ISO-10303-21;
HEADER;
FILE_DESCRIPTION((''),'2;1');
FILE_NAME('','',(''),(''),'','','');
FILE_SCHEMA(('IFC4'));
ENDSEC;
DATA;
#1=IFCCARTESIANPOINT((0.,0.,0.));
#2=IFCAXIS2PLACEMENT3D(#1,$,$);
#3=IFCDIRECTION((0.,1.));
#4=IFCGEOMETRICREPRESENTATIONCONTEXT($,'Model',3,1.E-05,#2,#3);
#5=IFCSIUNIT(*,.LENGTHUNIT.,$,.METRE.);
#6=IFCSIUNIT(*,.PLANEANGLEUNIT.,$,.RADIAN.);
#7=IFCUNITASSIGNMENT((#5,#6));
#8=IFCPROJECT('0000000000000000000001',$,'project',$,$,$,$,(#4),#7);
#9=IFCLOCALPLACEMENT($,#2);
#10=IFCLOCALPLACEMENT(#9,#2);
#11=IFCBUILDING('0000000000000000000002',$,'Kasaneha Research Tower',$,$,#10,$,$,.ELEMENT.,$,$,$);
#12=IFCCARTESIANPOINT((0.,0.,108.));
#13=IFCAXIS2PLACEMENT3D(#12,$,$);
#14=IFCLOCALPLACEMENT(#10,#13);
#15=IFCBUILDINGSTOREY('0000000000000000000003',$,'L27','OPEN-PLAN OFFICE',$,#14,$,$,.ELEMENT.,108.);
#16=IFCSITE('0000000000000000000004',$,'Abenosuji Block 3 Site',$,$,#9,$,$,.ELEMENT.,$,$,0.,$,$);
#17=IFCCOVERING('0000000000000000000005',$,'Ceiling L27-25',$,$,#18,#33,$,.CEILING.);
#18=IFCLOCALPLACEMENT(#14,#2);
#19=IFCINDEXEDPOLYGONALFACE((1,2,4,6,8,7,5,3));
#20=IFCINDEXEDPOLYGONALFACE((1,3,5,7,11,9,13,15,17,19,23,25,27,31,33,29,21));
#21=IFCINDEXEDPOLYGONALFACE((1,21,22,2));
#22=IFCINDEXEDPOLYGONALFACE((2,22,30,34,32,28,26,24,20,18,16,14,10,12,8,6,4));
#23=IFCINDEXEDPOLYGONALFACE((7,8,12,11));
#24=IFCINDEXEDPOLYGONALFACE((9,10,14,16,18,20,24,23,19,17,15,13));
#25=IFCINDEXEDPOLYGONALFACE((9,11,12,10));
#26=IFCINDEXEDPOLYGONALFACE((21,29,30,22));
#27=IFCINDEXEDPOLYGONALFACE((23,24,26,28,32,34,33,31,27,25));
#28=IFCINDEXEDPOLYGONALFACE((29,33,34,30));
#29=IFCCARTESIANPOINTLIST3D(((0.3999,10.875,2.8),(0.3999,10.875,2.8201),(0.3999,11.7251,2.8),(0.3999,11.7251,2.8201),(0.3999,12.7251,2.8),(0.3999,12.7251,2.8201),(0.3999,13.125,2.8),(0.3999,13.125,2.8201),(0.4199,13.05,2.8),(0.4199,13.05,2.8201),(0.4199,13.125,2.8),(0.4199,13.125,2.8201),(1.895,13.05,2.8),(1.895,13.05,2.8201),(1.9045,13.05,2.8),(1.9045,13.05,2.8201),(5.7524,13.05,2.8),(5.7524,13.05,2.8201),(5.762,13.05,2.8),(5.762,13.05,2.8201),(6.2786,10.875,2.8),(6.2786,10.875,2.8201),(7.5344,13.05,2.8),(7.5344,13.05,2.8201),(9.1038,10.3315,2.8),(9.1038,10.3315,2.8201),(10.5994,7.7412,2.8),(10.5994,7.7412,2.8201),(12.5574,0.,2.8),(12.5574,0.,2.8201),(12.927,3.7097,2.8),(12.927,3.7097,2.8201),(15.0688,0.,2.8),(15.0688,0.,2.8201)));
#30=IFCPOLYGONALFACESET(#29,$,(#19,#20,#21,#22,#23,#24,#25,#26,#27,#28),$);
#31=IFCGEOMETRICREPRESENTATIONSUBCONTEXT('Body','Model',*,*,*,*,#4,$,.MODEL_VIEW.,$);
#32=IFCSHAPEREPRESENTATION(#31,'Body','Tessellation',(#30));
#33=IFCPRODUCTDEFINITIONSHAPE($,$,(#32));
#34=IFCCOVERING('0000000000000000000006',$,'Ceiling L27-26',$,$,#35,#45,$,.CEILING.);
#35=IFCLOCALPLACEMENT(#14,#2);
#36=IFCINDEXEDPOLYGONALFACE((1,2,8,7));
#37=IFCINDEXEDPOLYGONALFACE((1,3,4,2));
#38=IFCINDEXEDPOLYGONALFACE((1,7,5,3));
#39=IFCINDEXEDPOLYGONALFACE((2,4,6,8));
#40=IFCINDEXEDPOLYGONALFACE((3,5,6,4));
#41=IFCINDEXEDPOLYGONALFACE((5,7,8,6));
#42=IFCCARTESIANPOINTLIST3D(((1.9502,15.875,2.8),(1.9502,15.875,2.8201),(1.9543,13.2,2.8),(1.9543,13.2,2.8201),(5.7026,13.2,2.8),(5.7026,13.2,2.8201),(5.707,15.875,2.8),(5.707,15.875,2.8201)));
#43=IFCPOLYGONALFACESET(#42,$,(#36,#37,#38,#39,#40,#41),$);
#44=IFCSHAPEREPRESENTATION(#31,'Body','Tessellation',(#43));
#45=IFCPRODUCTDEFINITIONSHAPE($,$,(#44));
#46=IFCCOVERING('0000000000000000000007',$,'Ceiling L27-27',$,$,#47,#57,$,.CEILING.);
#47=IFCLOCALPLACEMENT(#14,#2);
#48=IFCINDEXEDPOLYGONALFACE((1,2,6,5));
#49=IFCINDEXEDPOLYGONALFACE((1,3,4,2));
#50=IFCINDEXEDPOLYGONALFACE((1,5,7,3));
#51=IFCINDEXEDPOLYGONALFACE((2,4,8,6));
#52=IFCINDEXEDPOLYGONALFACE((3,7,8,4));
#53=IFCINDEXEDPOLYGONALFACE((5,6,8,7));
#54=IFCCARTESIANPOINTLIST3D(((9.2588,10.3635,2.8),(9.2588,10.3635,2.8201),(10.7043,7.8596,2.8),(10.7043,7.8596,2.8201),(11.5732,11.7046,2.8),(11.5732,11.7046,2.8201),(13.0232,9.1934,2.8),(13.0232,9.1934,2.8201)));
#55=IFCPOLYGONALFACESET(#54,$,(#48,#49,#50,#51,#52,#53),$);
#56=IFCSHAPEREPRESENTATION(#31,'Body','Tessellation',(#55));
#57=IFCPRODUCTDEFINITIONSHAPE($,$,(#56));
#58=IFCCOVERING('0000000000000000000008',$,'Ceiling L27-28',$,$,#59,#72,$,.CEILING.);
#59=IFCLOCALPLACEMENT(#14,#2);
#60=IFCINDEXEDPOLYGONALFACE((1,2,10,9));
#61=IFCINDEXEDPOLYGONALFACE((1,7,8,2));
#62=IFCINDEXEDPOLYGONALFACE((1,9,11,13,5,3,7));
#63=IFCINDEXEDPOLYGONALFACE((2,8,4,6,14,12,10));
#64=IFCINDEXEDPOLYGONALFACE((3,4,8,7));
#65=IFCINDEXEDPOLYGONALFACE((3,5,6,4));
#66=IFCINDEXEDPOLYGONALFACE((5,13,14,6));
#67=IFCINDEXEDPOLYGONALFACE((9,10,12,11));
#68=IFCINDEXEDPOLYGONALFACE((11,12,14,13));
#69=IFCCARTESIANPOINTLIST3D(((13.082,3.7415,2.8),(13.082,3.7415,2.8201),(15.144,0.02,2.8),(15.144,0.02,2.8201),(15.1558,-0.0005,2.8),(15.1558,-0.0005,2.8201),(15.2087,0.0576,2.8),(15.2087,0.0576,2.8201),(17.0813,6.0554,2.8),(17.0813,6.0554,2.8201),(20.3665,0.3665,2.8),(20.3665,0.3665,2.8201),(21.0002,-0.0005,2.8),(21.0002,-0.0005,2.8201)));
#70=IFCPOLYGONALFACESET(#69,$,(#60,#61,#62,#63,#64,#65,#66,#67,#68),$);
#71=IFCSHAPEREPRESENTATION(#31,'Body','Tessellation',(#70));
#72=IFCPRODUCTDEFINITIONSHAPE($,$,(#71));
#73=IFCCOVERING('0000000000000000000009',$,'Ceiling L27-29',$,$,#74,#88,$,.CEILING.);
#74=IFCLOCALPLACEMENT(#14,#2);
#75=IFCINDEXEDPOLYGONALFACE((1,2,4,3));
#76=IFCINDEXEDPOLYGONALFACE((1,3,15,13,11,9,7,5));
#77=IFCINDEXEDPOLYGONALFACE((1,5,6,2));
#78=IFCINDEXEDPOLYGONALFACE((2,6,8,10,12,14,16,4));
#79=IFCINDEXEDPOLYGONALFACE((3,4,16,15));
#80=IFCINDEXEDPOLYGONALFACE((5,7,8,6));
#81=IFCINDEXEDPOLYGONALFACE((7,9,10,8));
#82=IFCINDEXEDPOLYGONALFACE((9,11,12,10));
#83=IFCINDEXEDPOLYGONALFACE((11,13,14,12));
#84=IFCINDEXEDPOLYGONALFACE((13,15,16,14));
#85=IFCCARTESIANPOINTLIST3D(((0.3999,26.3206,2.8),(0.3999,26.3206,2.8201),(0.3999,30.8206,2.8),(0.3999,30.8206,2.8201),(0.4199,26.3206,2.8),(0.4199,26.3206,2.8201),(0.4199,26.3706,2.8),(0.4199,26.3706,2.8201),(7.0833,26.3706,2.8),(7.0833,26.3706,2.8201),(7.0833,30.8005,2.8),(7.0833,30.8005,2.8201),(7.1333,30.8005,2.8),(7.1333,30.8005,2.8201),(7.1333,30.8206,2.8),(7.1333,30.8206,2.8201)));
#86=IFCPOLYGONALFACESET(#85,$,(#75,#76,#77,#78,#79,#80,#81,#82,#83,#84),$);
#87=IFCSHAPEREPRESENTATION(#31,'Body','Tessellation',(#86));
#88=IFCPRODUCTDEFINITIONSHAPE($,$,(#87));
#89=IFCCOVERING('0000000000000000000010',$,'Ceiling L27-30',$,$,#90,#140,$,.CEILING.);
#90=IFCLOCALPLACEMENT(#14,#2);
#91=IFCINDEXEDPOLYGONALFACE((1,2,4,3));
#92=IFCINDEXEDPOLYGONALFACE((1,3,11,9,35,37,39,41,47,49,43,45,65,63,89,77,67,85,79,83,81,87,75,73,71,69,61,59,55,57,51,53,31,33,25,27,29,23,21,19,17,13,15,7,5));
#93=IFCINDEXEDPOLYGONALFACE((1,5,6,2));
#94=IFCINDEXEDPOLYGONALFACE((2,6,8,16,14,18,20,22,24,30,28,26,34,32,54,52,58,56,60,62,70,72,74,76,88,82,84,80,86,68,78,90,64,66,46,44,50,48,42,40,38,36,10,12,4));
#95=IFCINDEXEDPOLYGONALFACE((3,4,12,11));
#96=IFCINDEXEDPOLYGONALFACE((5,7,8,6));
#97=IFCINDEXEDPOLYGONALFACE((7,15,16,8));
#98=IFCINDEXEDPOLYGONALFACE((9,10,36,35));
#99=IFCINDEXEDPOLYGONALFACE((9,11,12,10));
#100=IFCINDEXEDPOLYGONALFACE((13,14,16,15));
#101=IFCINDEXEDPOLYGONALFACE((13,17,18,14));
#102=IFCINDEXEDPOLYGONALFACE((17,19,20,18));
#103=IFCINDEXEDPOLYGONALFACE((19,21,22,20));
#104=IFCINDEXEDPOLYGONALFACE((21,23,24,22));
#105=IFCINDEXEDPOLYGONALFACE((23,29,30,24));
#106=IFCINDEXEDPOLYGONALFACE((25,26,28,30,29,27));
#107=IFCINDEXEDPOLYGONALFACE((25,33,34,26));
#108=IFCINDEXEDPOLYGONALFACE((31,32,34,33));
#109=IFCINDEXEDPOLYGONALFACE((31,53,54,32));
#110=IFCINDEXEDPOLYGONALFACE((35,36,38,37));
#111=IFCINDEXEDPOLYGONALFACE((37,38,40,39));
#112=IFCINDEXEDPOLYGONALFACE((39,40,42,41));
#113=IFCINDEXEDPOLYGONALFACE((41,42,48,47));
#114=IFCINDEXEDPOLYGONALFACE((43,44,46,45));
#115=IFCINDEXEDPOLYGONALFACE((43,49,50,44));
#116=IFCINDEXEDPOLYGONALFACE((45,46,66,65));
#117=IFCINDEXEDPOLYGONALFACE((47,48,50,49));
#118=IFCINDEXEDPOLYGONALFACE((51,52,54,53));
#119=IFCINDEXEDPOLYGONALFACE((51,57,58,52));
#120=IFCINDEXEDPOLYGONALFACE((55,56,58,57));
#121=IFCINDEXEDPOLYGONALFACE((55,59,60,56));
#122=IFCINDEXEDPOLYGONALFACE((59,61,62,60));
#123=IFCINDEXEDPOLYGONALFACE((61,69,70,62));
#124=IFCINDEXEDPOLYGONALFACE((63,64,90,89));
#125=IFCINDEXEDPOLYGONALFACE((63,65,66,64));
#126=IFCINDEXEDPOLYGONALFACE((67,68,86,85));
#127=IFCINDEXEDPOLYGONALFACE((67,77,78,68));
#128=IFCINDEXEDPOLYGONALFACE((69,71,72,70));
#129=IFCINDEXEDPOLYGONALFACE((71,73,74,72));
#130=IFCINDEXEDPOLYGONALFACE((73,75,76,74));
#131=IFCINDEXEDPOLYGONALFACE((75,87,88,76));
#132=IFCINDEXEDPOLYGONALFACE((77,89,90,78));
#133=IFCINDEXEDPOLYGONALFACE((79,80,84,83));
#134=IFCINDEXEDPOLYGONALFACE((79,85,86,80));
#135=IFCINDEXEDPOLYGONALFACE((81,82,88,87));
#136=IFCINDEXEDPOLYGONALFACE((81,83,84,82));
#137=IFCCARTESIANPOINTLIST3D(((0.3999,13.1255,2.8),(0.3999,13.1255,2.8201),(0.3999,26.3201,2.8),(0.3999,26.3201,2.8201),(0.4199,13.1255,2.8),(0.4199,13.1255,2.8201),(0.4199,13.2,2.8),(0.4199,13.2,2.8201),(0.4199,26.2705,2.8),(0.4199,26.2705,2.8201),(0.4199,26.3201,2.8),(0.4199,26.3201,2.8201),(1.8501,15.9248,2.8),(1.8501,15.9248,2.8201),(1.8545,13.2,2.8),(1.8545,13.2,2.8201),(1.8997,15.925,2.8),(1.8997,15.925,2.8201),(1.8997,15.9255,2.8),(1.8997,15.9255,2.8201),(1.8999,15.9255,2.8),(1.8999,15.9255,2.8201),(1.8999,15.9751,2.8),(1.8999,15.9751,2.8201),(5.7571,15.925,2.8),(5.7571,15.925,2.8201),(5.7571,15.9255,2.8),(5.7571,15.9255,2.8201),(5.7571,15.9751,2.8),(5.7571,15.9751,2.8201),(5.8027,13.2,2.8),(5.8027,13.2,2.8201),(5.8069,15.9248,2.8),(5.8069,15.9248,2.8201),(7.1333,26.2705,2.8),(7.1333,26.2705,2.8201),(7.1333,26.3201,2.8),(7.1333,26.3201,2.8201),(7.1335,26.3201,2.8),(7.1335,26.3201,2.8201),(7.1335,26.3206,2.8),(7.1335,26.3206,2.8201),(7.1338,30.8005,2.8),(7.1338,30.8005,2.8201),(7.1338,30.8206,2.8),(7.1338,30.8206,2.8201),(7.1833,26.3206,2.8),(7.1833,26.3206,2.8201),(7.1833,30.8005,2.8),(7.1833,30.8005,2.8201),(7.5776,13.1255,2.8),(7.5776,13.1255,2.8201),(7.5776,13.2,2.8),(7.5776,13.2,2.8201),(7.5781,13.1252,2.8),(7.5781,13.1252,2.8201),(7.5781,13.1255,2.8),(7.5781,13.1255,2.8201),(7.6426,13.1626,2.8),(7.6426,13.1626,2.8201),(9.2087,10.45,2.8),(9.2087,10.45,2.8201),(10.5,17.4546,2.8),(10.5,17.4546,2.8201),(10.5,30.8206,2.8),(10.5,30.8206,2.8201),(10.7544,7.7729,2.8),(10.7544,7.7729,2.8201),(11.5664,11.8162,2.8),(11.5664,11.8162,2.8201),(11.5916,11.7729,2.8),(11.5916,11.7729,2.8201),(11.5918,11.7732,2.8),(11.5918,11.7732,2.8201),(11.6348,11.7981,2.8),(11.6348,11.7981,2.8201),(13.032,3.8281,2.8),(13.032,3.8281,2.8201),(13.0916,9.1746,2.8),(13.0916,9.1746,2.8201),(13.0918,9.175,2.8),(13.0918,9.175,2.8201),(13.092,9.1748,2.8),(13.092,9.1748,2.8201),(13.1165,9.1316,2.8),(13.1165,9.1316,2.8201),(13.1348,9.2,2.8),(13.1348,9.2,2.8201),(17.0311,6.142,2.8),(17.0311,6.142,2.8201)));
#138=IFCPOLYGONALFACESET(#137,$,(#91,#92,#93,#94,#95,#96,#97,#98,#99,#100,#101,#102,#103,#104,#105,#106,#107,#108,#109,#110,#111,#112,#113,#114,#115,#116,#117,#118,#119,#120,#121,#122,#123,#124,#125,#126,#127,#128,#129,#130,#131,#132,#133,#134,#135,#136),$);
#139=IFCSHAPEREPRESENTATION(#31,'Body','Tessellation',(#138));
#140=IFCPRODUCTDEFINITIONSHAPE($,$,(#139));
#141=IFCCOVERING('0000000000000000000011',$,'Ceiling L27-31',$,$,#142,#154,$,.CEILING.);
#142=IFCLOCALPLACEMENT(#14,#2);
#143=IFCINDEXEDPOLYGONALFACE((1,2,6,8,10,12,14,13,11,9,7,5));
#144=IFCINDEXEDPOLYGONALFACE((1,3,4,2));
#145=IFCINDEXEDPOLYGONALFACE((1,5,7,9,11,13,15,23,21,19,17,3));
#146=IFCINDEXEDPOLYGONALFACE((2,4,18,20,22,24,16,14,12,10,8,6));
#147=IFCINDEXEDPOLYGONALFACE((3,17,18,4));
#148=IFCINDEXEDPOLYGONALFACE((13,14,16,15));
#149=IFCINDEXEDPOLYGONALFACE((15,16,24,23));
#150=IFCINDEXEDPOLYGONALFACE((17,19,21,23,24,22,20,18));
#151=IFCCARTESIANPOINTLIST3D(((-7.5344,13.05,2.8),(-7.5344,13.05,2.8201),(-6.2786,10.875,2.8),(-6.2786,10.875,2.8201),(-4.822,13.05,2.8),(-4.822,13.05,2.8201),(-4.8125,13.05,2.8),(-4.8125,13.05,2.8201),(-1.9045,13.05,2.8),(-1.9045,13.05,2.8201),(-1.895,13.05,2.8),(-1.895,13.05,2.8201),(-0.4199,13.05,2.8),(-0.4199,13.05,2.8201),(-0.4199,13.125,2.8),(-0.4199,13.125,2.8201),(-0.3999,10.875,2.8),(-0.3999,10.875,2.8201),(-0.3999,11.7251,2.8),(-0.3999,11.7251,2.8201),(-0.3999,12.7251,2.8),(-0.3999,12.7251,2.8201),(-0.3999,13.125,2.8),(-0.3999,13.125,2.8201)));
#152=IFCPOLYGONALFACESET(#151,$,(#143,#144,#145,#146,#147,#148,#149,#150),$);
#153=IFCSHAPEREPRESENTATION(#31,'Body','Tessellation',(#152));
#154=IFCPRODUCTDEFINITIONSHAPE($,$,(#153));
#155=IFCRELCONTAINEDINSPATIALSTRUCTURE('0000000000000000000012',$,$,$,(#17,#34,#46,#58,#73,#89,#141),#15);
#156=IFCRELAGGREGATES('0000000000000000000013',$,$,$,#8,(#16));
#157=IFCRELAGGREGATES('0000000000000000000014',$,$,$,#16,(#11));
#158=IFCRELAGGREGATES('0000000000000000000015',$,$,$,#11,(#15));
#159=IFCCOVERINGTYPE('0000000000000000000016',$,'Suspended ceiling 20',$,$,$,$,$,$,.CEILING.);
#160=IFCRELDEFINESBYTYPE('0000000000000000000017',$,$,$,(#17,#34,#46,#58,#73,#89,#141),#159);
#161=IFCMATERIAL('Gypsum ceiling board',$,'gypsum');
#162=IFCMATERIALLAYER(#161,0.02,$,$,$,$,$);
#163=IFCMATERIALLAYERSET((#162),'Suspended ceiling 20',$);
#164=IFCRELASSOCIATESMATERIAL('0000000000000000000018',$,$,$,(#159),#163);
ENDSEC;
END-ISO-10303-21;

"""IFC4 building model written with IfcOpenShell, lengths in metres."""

from ifc_helpers import new_model, si_unit, direction, frame, origin, place, context, subcontext, project, spatial, polyline, outline, extrude, material, layer, layer_set, type_object, element, save


model = new_model("IFC4")

# Units and contexts
model_context = context("Model", 3, precision=1e-05, world=origin(), true_north=direction((0.0, 1.0)))
body_context = subcontext(model_context, "Body", "Model", "MODEL_VIEW")
ifc_project = project(units=[si_unit("LENGTHUNIT", "METRE"), si_unit("PLANEANGLEUNIT", "RADIAN")], contexts=[model_context])

# Site, building, storey
site_placement = place(None, origin())
site = spatial("IfcSite", under=ifc_project, at=site_placement, Name="Abenosuji Block 3 Site", CompositionType="ELEMENT", RefElevation=0.0)
building_placement = place(site_placement, origin())
building = spatial("IfcBuilding", under=site, at=building_placement, Name="Kasaneha Research Tower", CompositionType="ELEMENT")
storey_placement = place(building_placement, frame((0.0, 0.0, 108.0)))
storey = spatial("IfcBuildingStorey", under=building, at=storey_placement, Name="L27", Description="OPEN-PLAN OFFICE", CompositionType="ELEMENT", Elevation=108.0)

# Coverings
ifc_material_1 = material(Name="Gypsum ceiling board", Category="gypsum")
ifc_layer_1 = layer(ifc_material_1, 0.02)
ifc_layer_set_1 = layer_set([ifc_layer_1], Name="Suspended ceiling 20")
covering_type_1 = type_object("IfcCoveringType", Name="Suspended ceiling 20", PredefinedType="CEILING", material=ifc_layer_set_1)
covering_1_placement = place(storey_placement, frame((0.0, 0.0, 2.8)))
element("IfcCovering", 1, at=covering_1_placement, inside=storey, type_object=covering_type_1, Name="Ceiling L27-25", PredefinedType="CEILING", context=body_context, shape_type="SweptSolid", body=[
    extrude(outline(polyline([(6.2786, 10.875), (0.3999, 10.875), (0.3999, 11.7251), (0.3999, 12.7251), (0.3999, 13.125), (0.4199, 13.125), (0.4199, 13.05), (1.895, 13.05), (1.9045, 13.05), (5.7524, 13.05), (5.762, 13.05), (7.5344, 13.05), (9.1038, 10.3315), (9.1038, 10.3315), (10.5994, 7.7412), (10.5994, 7.7412), (12.927, 3.7097), (12.927, 3.7097), (15.0688, 0.0), (15.0688, 0.0), (12.5574, 0.0), (6.2786, 10.875)])), origin(), (0.0, 0.0, 1.0), 0.02),
])
covering_2_placement = place(storey_placement, frame((0.0, 0.0, 2.8)))
element("IfcCovering", 2, at=covering_2_placement, inside=storey, type_object=covering_type_1, Name="Ceiling L27-26", PredefinedType="CEILING", context=body_context, shape_type="SweptSolid", body=[
    extrude(outline(polyline([(1.9543, 13.2), (1.9502, 15.875), (5.707, 15.875), (5.7026, 13.2), (1.9543, 13.2)])), origin(), (0.0, 0.0, 1.0), 0.02),
])
covering_3_placement = place(storey_placement, frame((0.0, 0.0, 2.8)))
element("IfcCovering", 3, at=covering_3_placement, inside=storey, type_object=covering_type_1, Name="Ceiling L27-27", PredefinedType="CEILING", context=body_context, shape_type="SweptSolid", body=[
    extrude(outline(polyline([(11.5732, 11.7046), (13.0232, 9.1934), (10.7043, 7.8596), (9.2588, 10.3635), (11.5732, 11.7046)])), origin(), (0.0, 0.0, 1.0), 0.02),
])
covering_4_placement = place(storey_placement, frame((0.0, 0.0, 2.8)))
element("IfcCovering", 4, at=covering_4_placement, inside=storey, type_object=covering_type_1, Name="Ceiling L27-28", PredefinedType="CEILING", context=body_context, shape_type="SweptSolid", body=[
    extrude(outline(polyline([(21.0002, -0.0005), (15.1558, -0.0005), (15.144, 0.02), (15.2087, 0.0576), (13.082, 3.7415), (17.0813, 6.0554), (20.3665, 0.3665), (21.0002, -0.0005)])), origin(), (0.0, 0.0, 1.0), 0.02),
])
covering_5_placement = place(storey_placement, frame((0.0, 0.0, 2.8)))
element("IfcCovering", 5, at=covering_5_placement, inside=storey, type_object=covering_type_1, Name="Ceiling L27-29", PredefinedType="CEILING", context=body_context, shape_type="SweptSolid", body=[
    extrude(outline(polyline([(7.1333, 30.8206), (7.1333, 30.8005), (7.0833, 30.8005), (7.0833, 26.3706), (0.4199, 26.3706), (0.4199, 26.3206), (0.3999, 26.3206), (0.3999, 30.8206), (7.1333, 30.8206)])), origin(), (0.0, 0.0, 1.0), 0.02),
])
covering_6_placement = place(storey_placement, frame((0.0, 0.0, 2.8)))
element("IfcCovering", 6, at=covering_6_placement, inside=storey, type_object=covering_type_1, Name="Ceiling L27-30", PredefinedType="CEILING", context=body_context, shape_type="SweptSolid", body=[
    extrude(outline(polyline([(13.092, 9.1748), (13.0918, 9.175), (13.1348, 9.2), (11.6348, 11.7981), (11.5918, 11.7732), (11.5918, 11.7732), (11.5916, 11.7729), (11.5664, 11.8162), (9.2087, 10.45), (7.6426, 13.1626), (7.5781, 13.1252), (7.5781, 13.1255), (7.5776, 13.1255), (7.5776, 13.2), (5.8027, 13.2), (5.8069, 15.9248), (5.7571, 15.925), (5.7571, 15.9255), (5.7571, 15.9255), (5.7571, 15.9751), (1.8999, 15.9751), (1.8999, 15.9255), (1.8997, 15.9255), (1.8997, 15.925), (1.8501, 15.9248), (1.8545, 13.2), (0.4199, 13.2), (0.4199, 13.1255), (0.3999, 13.1255), (0.3999, 26.3201), (0.4199, 26.3201), (0.4199, 26.2705), (7.1333, 26.2705), (7.1333, 26.3201), (7.1335, 26.3201), (7.1335, 26.3206), (7.1833, 26.3206), (7.1833, 30.8005), (7.1338, 30.8005), (7.1338, 30.8206), (10.5, 30.8206), (10.5, 17.4546), (17.0559, 6.0991), (17.0559, 6.0991), (17.0312, 6.1421), (13.032, 3.8281), (10.7544, 7.7729), (13.1165, 9.1316), (13.0916, 9.1746), (13.092, 9.1748)])), origin(), (0.0, 0.0, 1.0), 0.02),
])
covering_7_placement = place(storey_placement, frame((0.0, 0.0, 2.8)))
element("IfcCovering", 7, at=covering_7_placement, inside=storey, type_object=covering_type_1, Name="Ceiling L27-31", PredefinedType="CEILING", context=body_context, shape_type="SweptSolid", body=[
    extrude(outline(polyline([(-0.3999, 11.7251), (-0.3999, 10.875), (-6.2786, 10.875), (-7.5344, 13.05), (-4.822, 13.05), (-4.8125, 13.05), (-1.9045, 13.05), (-1.895, 13.05), (-0.4199, 13.05), (-0.4199, 13.125), (-0.3999, 13.125), (-0.3999, 12.7251), (-0.3999, 11.7251)])), origin(), (0.0, 0.0, 1.0), 0.02),
])

save(model, "model.ifc")
